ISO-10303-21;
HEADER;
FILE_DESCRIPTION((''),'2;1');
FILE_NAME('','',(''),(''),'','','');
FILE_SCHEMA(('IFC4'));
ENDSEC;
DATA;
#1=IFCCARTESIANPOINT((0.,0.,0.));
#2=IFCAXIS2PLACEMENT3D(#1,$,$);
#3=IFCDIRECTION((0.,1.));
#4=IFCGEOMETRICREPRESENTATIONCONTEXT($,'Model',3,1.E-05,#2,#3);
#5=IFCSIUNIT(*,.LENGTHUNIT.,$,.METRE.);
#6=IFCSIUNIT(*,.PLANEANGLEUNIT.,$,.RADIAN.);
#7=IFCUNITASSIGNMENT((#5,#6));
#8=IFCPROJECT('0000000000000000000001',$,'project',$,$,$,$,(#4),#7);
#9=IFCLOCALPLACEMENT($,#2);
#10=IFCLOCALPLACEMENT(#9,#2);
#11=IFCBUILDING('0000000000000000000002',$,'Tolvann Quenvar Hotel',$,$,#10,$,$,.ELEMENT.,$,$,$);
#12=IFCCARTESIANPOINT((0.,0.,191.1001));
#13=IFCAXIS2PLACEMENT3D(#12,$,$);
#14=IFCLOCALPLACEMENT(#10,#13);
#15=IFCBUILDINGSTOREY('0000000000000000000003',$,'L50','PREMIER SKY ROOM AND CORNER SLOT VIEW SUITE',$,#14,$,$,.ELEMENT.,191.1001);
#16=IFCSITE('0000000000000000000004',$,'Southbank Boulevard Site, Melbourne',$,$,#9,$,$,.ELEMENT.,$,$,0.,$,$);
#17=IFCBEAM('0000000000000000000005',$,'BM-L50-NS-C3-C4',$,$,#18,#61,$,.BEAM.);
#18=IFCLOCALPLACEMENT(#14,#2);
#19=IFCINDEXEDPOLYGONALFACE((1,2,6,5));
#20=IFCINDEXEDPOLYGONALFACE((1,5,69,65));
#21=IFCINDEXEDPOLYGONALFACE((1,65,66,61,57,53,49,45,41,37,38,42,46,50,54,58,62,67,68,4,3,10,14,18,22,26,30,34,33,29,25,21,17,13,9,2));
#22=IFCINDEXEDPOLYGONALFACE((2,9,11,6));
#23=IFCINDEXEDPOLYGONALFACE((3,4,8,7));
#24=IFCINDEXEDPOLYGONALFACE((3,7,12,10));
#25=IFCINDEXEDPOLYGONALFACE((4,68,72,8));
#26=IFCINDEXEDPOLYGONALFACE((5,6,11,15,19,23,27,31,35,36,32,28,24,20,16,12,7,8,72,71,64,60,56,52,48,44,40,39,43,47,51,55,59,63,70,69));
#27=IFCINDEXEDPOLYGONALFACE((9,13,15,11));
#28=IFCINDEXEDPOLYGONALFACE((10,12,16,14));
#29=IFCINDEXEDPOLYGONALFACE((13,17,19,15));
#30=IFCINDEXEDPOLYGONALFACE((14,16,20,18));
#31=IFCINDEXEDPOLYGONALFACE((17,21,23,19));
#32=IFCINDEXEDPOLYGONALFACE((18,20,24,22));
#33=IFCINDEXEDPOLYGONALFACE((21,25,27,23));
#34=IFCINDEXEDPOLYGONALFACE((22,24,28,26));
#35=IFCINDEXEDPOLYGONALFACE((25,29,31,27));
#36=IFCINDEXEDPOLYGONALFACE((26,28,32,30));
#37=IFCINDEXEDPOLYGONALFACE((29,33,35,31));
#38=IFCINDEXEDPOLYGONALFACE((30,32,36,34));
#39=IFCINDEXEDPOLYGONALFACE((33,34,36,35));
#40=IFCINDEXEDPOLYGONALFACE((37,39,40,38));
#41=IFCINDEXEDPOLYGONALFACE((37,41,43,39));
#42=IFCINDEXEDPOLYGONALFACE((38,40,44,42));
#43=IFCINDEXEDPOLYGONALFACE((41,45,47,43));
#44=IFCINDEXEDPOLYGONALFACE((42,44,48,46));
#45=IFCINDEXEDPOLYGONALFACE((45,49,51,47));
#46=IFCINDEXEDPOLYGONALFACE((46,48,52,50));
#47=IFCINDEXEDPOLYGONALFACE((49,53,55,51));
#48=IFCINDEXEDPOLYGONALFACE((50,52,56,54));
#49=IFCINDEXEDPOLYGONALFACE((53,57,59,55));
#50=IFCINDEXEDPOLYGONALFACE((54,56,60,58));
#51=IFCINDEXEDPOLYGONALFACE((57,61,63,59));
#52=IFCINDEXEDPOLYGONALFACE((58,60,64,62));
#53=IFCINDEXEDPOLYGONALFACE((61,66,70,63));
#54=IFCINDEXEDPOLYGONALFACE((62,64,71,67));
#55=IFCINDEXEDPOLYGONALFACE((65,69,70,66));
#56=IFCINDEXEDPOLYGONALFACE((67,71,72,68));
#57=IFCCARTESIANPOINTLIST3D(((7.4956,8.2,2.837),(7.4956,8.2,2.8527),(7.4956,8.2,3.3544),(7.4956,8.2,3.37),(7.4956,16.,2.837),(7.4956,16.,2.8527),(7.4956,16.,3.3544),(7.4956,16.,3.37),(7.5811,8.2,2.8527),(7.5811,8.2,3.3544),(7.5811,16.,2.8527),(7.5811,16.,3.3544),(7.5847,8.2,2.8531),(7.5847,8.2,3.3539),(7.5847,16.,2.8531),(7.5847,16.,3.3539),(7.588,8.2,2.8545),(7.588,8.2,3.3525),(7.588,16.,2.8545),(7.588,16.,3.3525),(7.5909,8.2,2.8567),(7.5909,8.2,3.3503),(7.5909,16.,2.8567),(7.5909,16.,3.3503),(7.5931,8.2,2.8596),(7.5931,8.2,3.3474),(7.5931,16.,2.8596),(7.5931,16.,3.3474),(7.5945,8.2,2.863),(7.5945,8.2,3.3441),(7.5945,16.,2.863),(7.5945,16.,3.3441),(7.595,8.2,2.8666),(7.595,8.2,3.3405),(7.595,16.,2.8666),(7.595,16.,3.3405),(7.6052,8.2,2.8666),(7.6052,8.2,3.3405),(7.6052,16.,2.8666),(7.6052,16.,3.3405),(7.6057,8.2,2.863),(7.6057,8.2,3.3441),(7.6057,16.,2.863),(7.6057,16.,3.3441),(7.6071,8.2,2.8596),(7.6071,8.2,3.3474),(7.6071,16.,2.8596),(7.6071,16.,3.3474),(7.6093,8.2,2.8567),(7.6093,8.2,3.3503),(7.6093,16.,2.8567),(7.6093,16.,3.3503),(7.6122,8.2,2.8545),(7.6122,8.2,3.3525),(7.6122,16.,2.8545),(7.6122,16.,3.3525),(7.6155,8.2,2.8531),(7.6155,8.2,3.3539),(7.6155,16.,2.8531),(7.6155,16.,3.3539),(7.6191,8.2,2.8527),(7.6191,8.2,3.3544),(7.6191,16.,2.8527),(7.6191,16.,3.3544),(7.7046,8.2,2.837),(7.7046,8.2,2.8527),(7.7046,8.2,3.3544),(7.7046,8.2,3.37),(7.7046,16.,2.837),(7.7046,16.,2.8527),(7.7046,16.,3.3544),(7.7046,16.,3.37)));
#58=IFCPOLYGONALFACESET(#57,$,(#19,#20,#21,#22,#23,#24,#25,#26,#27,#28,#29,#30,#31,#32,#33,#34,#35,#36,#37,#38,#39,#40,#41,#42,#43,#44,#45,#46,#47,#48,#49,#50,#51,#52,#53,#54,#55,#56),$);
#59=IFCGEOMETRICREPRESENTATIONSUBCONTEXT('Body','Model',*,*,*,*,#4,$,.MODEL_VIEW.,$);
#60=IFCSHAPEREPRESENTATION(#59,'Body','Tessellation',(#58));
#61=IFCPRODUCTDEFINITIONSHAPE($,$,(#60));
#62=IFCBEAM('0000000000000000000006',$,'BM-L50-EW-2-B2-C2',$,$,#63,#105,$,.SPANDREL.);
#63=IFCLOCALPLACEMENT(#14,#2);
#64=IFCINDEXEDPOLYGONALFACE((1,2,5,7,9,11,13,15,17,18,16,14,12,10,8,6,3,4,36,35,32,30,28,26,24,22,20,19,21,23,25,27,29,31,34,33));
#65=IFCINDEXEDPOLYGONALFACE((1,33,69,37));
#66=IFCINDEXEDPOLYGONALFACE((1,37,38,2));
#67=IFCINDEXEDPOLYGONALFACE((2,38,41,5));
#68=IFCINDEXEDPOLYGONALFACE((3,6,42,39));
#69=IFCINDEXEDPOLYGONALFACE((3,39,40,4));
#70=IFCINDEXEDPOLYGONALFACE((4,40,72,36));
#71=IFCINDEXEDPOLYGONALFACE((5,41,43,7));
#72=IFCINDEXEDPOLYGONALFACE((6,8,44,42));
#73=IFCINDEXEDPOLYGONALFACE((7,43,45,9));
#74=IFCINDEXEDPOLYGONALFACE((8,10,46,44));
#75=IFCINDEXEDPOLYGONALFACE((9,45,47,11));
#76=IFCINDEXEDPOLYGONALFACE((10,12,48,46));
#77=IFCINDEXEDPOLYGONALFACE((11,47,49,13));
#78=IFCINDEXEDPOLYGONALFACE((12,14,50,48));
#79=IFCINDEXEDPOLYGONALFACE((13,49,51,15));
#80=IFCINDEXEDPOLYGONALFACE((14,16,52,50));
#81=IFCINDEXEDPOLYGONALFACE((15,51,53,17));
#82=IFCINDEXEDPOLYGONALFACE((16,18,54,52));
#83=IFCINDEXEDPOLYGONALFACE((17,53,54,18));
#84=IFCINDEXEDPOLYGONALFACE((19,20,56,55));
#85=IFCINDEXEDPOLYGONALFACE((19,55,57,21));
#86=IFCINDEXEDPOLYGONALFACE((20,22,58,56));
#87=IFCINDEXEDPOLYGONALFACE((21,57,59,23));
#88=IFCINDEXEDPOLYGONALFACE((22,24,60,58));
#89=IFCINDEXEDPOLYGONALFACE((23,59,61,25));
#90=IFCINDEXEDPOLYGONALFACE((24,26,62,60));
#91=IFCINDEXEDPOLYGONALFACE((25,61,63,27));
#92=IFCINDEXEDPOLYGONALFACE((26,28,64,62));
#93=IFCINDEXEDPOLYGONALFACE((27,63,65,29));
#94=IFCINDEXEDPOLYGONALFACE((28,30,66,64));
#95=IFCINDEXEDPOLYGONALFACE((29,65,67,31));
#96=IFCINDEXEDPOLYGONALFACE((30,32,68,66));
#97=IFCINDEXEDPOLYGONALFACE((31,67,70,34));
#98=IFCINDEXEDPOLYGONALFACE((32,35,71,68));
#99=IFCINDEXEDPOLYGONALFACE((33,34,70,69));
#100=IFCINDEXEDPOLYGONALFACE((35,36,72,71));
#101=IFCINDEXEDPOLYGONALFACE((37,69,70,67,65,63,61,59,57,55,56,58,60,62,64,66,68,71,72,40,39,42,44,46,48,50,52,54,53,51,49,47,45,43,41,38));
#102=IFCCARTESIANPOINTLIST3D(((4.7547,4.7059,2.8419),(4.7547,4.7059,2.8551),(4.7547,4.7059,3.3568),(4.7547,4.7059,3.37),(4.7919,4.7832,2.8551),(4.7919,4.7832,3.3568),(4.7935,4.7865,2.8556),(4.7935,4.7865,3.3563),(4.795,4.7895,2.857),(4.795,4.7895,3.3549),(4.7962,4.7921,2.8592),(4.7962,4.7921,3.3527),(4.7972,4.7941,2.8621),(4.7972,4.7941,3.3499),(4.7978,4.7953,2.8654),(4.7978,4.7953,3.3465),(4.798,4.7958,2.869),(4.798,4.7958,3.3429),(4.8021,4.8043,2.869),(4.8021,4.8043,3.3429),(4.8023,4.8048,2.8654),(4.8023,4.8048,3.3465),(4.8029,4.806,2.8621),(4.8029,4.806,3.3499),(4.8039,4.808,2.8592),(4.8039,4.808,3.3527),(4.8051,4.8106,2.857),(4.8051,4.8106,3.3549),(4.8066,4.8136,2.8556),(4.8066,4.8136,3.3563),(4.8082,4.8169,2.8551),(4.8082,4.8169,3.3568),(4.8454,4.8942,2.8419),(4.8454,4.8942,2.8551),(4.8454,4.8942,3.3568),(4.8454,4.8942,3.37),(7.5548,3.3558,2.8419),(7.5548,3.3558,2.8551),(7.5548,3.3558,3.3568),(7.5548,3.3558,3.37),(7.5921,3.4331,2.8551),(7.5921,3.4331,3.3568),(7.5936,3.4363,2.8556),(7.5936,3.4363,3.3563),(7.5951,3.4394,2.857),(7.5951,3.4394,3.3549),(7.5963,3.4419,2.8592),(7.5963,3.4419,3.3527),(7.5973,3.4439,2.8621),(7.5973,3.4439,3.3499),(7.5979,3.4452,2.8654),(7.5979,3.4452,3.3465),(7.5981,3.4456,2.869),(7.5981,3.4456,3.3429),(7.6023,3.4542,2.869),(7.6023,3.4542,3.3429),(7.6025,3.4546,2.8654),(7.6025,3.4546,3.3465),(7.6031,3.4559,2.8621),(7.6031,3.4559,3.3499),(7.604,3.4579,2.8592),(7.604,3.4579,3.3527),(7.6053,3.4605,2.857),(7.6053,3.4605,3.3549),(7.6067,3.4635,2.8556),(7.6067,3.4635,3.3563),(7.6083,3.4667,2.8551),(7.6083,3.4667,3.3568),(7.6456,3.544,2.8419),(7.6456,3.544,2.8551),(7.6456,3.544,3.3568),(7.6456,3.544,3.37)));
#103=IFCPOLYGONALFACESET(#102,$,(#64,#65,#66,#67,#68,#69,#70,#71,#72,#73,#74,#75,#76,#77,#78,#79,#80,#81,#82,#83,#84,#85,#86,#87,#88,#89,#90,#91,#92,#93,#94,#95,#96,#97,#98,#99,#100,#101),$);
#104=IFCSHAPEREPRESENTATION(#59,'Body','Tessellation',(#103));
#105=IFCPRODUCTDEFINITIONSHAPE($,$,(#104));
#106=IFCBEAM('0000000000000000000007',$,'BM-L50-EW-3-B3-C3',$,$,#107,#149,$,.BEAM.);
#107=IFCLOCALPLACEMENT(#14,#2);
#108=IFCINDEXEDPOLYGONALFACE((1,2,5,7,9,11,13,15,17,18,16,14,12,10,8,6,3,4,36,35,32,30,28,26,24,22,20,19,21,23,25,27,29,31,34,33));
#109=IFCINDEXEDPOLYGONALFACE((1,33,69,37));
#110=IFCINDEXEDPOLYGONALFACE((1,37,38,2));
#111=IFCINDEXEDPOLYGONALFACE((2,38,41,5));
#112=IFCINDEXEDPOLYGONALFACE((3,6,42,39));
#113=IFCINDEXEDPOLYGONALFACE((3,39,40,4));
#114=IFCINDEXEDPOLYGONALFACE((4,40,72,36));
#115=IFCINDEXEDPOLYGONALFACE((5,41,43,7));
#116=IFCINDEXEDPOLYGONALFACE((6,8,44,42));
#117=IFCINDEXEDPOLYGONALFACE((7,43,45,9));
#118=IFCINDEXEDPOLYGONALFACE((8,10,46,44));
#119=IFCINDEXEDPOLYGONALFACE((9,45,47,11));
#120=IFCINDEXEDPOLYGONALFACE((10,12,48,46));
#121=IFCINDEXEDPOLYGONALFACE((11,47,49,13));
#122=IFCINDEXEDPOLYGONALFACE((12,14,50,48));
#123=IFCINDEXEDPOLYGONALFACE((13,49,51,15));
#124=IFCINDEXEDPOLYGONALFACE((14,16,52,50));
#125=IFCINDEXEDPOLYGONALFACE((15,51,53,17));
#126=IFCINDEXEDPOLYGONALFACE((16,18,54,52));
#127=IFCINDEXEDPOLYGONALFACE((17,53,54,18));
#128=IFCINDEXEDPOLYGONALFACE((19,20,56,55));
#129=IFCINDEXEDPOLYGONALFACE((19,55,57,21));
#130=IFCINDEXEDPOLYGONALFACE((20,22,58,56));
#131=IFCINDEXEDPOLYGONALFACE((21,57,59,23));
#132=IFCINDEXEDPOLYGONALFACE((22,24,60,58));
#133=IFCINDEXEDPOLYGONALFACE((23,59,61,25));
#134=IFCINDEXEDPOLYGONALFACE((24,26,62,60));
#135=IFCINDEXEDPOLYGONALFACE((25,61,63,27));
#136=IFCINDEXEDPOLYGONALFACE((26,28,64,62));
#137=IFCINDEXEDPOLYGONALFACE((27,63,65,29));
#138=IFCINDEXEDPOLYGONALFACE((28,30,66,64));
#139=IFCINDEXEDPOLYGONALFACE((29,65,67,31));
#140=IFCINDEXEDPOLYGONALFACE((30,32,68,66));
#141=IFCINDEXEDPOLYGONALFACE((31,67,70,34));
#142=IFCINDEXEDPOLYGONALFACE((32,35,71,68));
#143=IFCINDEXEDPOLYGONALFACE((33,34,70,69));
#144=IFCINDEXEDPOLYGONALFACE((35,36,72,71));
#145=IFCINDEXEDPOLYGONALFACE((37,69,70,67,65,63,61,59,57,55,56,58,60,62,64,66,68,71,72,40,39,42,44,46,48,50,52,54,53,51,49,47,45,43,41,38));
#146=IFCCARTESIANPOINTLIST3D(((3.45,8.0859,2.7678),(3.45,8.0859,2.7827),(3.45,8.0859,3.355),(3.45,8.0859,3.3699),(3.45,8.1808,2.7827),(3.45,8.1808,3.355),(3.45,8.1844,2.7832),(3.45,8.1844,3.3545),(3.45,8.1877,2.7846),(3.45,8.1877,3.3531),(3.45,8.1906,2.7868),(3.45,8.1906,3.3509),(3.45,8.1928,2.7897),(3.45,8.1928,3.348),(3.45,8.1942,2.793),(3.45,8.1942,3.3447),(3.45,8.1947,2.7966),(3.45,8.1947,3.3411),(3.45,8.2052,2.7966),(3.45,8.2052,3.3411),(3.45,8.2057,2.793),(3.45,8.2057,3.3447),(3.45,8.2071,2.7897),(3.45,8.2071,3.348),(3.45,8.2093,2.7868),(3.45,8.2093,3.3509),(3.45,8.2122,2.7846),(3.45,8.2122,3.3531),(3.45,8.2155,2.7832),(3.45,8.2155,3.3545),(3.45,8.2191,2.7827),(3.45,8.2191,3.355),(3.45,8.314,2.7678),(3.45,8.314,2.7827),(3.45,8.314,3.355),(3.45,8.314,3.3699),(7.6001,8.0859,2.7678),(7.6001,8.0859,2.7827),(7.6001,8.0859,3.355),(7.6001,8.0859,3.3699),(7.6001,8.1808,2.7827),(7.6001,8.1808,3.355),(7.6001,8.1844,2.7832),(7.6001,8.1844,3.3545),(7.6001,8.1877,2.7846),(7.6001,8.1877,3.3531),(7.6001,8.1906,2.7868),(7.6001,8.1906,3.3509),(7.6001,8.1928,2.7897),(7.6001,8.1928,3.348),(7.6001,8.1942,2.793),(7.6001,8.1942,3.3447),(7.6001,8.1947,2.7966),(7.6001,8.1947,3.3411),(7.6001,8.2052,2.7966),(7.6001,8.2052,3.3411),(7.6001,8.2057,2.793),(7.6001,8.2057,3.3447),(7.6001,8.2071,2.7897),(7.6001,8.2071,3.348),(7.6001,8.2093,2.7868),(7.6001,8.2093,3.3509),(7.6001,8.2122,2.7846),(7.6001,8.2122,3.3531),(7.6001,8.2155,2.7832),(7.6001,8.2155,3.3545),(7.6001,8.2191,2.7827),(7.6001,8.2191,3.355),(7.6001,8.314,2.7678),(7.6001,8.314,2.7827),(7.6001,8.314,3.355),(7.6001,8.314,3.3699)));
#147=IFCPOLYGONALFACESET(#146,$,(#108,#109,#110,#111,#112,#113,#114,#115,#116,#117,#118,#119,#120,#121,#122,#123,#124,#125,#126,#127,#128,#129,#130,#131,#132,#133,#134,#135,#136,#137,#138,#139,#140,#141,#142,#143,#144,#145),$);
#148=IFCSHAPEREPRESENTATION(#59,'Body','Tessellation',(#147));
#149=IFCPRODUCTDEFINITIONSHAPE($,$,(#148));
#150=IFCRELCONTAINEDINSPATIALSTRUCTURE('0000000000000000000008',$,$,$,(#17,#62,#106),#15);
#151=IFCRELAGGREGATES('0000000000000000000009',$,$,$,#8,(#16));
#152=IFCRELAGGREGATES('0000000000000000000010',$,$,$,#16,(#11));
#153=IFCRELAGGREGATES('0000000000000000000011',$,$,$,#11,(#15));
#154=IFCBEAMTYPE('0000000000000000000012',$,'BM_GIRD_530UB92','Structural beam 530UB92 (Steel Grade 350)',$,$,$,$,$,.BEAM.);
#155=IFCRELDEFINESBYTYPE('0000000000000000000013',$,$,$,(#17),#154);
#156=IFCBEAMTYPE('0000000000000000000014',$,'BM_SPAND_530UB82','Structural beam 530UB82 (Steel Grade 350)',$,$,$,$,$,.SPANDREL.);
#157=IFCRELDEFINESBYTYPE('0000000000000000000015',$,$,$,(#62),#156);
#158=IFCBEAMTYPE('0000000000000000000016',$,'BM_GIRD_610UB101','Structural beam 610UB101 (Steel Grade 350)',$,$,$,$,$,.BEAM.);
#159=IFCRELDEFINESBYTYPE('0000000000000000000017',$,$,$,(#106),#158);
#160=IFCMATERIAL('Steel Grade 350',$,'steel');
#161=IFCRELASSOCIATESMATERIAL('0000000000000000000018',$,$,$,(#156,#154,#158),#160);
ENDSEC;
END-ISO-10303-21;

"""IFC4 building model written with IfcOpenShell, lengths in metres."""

from ifc_helpers import new_model, si_unit, direction, frame, origin, origin_2d, place, context, subcontext, project, spatial, i_section, extrude, source, transform, mapped, material, material_profile, profile_set, type_object, element, save


model = new_model("IFC4")

# Units and contexts
model_context = context("Model", 3, precision=1e-05, world=origin(), true_north=direction((0.0, 1.0)))
body_context = subcontext(model_context, "Body", "Model", "MODEL_VIEW")
ifc_project = project(units=[si_unit("LENGTHUNIT", "METRE"), si_unit("PLANEANGLEUNIT", "RADIAN")], contexts=[model_context])

# Site, building, storey
site_placement = place(None, origin())
site = spatial("IfcSite", under=ifc_project, at=site_placement, Name="Southbank Boulevard Site, Melbourne", CompositionType="ELEMENT", RefElevation=0.0)
building_placement = place(site_placement, origin())
building = spatial("IfcBuilding", under=site, at=building_placement, Name="Tolvann Quenvar Hotel", CompositionType="ELEMENT")
storey_placement = place(building_placement, frame((0.0, 0.0, 191.1001)))
storey = spatial("IfcBuildingStorey", under=building, at=storey_placement, Name="L50", Description="PREMIER SKY ROOM AND CORNER SLOT VIEW SUITE", CompositionType="ELEMENT", Elevation=191.1001)

# Shared definitions
ifc_material_1 = material(Name="Steel Grade 350", Category="steel")

# Beams
ifc_material_profile_1 = material_profile(ifc_material_1, i_section(OverallWidth=0.209, OverallDepth=0.5281, WebThickness=0.0095, FlangeThickness=0.0132, FilletRadius=0.0139, at=origin_2d()), Name="530UB82")
ifc_profile_set_1 = profile_set([ifc_material_profile_1], Name="Steel Grade 350")
beam_type_1 = type_object("IfcBeamType", Name="BM_SPAND_530UB82", Description="Structural beam 530UB82 (Steel Grade 350)", PredefinedType="SPANDREL", material=ifc_profile_set_1)
ifc_material_profile_2 = material_profile(ifc_material_1, i_section(OverallWidth=0.209, OverallDepth=0.533, WebThickness=0.0103, FlangeThickness=0.0156, FilletRadius=0.0139, at=origin_2d()), Name="530UB92")
ifc_profile_set_2 = profile_set([ifc_material_profile_2], Name="Steel Grade 350")
beam_type_2 = type_object("IfcBeamType", Name="BM_GIRD_530UB92", Description="Structural beam 530UB92 (Steel Grade 350)", PredefinedType="BEAM", material=ifc_profile_set_2)
shared_shape_1 = source(origin(), body_context, "Body", "SweptSolid", [
    extrude(i_section(OverallWidth=0.209, OverallDepth=0.533, WebThickness=0.0103, FlangeThickness=0.0156, FilletRadius=0.0139, at=origin_2d()), origin(), (0.0, 0.0, 1.0), 7.8),
])
beam_1_placement = place(storey_placement, frame((7.6001, 8.2, 3.1035), z_axis=(0.0, 1.0, 0.0), x_axis=(-1.0, 0.0, 0.0)))
element("IfcBeam", 1, at=beam_1_placement, inside=storey, type_object=beam_type_2, Name="BM-L50-NS-C3-C4", PredefinedType="BEAM", context=body_context, shape_type="MappedRepresentation", body=[
    mapped(shared_shape_1, transform((0.0, 0.0, 0.0), x_axis=(1.0, 0.0, 0.0), y_axis=(0.0, 1.0, 0.0), z_axis=(0.0, 0.0, 1.0), scale=1.0)),
])
shared_shape_2 = source(origin(), body_context, "Body", "SweptSolid", [
    extrude(i_section(OverallWidth=0.209, OverallDepth=0.5281, WebThickness=0.0095, FlangeThickness=0.0132, FilletRadius=0.0139, at=origin_2d()), origin(), (0.0, 0.0, 1.0), 3.1086),
])
beam_2_placement = place(storey_placement, frame((4.8, 4.8, 3.106), z_axis=(0.900759, -0.434319, 0.0), x_axis=(0.434319, 0.900759, 0.0)))
element("IfcBeam", 2, at=beam_2_placement, inside=storey, type_object=beam_type_1, Name="BM-L50-EW-2-B2-C2", PredefinedType="SPANDREL", context=body_context, shape_type="MappedRepresentation", body=[
    mapped(shared_shape_2, transform((0.0, 0.0, 0.0), x_axis=(1.0, 0.0, 0.0), y_axis=(0.0, 1.0, 0.0), z_axis=(0.0, 0.0, 1.0), scale=1.0)),
])
ifc_material_profile_3 = material_profile(ifc_material_1, i_section(OverallWidth=0.228, OverallDepth=0.6021, WebThickness=0.0105, FlangeThickness=0.0149, FilletRadius=0.0139, at=origin_2d()), Name="610UB101")
ifc_profile_set_3 = profile_set([ifc_material_profile_3], Name="Steel Grade 350")
beam_type_3 = type_object("IfcBeamType", Name="BM_GIRD_610UB101", Description="Structural beam 610UB101 (Steel Grade 350)", PredefinedType="BEAM", material=ifc_profile_set_3)
shared_shape_3 = source(origin(), body_context, "Body", "SweptSolid", [
    extrude(i_section(OverallWidth=0.228, OverallDepth=0.6021, WebThickness=0.0105, FlangeThickness=0.0149, FilletRadius=0.0139, at=origin_2d()), origin(), (0.0, 0.0, 1.0), 4.1501),
])
beam_3_placement = place(storey_placement, frame((3.45, 8.2, 3.0688), z_axis=(1.0, 0.0, 0.0), x_axis=(0.0, 1.0, 0.0)))
element("IfcBeam", 3, at=beam_3_placement, inside=storey, type_object=beam_type_3, Name="BM-L50-EW-3-B3-C3", PredefinedType="BEAM", context=body_context, shape_type="MappedRepresentation", body=[
    mapped(shared_shape_3, transform((0.0, 0.0, 0.0), x_axis=(1.0, 0.0, 0.0), y_axis=(0.0, 1.0, 0.0), z_axis=(0.0, 0.0, 1.0), scale=1.0)),
])

save(model, "model.ifc")
